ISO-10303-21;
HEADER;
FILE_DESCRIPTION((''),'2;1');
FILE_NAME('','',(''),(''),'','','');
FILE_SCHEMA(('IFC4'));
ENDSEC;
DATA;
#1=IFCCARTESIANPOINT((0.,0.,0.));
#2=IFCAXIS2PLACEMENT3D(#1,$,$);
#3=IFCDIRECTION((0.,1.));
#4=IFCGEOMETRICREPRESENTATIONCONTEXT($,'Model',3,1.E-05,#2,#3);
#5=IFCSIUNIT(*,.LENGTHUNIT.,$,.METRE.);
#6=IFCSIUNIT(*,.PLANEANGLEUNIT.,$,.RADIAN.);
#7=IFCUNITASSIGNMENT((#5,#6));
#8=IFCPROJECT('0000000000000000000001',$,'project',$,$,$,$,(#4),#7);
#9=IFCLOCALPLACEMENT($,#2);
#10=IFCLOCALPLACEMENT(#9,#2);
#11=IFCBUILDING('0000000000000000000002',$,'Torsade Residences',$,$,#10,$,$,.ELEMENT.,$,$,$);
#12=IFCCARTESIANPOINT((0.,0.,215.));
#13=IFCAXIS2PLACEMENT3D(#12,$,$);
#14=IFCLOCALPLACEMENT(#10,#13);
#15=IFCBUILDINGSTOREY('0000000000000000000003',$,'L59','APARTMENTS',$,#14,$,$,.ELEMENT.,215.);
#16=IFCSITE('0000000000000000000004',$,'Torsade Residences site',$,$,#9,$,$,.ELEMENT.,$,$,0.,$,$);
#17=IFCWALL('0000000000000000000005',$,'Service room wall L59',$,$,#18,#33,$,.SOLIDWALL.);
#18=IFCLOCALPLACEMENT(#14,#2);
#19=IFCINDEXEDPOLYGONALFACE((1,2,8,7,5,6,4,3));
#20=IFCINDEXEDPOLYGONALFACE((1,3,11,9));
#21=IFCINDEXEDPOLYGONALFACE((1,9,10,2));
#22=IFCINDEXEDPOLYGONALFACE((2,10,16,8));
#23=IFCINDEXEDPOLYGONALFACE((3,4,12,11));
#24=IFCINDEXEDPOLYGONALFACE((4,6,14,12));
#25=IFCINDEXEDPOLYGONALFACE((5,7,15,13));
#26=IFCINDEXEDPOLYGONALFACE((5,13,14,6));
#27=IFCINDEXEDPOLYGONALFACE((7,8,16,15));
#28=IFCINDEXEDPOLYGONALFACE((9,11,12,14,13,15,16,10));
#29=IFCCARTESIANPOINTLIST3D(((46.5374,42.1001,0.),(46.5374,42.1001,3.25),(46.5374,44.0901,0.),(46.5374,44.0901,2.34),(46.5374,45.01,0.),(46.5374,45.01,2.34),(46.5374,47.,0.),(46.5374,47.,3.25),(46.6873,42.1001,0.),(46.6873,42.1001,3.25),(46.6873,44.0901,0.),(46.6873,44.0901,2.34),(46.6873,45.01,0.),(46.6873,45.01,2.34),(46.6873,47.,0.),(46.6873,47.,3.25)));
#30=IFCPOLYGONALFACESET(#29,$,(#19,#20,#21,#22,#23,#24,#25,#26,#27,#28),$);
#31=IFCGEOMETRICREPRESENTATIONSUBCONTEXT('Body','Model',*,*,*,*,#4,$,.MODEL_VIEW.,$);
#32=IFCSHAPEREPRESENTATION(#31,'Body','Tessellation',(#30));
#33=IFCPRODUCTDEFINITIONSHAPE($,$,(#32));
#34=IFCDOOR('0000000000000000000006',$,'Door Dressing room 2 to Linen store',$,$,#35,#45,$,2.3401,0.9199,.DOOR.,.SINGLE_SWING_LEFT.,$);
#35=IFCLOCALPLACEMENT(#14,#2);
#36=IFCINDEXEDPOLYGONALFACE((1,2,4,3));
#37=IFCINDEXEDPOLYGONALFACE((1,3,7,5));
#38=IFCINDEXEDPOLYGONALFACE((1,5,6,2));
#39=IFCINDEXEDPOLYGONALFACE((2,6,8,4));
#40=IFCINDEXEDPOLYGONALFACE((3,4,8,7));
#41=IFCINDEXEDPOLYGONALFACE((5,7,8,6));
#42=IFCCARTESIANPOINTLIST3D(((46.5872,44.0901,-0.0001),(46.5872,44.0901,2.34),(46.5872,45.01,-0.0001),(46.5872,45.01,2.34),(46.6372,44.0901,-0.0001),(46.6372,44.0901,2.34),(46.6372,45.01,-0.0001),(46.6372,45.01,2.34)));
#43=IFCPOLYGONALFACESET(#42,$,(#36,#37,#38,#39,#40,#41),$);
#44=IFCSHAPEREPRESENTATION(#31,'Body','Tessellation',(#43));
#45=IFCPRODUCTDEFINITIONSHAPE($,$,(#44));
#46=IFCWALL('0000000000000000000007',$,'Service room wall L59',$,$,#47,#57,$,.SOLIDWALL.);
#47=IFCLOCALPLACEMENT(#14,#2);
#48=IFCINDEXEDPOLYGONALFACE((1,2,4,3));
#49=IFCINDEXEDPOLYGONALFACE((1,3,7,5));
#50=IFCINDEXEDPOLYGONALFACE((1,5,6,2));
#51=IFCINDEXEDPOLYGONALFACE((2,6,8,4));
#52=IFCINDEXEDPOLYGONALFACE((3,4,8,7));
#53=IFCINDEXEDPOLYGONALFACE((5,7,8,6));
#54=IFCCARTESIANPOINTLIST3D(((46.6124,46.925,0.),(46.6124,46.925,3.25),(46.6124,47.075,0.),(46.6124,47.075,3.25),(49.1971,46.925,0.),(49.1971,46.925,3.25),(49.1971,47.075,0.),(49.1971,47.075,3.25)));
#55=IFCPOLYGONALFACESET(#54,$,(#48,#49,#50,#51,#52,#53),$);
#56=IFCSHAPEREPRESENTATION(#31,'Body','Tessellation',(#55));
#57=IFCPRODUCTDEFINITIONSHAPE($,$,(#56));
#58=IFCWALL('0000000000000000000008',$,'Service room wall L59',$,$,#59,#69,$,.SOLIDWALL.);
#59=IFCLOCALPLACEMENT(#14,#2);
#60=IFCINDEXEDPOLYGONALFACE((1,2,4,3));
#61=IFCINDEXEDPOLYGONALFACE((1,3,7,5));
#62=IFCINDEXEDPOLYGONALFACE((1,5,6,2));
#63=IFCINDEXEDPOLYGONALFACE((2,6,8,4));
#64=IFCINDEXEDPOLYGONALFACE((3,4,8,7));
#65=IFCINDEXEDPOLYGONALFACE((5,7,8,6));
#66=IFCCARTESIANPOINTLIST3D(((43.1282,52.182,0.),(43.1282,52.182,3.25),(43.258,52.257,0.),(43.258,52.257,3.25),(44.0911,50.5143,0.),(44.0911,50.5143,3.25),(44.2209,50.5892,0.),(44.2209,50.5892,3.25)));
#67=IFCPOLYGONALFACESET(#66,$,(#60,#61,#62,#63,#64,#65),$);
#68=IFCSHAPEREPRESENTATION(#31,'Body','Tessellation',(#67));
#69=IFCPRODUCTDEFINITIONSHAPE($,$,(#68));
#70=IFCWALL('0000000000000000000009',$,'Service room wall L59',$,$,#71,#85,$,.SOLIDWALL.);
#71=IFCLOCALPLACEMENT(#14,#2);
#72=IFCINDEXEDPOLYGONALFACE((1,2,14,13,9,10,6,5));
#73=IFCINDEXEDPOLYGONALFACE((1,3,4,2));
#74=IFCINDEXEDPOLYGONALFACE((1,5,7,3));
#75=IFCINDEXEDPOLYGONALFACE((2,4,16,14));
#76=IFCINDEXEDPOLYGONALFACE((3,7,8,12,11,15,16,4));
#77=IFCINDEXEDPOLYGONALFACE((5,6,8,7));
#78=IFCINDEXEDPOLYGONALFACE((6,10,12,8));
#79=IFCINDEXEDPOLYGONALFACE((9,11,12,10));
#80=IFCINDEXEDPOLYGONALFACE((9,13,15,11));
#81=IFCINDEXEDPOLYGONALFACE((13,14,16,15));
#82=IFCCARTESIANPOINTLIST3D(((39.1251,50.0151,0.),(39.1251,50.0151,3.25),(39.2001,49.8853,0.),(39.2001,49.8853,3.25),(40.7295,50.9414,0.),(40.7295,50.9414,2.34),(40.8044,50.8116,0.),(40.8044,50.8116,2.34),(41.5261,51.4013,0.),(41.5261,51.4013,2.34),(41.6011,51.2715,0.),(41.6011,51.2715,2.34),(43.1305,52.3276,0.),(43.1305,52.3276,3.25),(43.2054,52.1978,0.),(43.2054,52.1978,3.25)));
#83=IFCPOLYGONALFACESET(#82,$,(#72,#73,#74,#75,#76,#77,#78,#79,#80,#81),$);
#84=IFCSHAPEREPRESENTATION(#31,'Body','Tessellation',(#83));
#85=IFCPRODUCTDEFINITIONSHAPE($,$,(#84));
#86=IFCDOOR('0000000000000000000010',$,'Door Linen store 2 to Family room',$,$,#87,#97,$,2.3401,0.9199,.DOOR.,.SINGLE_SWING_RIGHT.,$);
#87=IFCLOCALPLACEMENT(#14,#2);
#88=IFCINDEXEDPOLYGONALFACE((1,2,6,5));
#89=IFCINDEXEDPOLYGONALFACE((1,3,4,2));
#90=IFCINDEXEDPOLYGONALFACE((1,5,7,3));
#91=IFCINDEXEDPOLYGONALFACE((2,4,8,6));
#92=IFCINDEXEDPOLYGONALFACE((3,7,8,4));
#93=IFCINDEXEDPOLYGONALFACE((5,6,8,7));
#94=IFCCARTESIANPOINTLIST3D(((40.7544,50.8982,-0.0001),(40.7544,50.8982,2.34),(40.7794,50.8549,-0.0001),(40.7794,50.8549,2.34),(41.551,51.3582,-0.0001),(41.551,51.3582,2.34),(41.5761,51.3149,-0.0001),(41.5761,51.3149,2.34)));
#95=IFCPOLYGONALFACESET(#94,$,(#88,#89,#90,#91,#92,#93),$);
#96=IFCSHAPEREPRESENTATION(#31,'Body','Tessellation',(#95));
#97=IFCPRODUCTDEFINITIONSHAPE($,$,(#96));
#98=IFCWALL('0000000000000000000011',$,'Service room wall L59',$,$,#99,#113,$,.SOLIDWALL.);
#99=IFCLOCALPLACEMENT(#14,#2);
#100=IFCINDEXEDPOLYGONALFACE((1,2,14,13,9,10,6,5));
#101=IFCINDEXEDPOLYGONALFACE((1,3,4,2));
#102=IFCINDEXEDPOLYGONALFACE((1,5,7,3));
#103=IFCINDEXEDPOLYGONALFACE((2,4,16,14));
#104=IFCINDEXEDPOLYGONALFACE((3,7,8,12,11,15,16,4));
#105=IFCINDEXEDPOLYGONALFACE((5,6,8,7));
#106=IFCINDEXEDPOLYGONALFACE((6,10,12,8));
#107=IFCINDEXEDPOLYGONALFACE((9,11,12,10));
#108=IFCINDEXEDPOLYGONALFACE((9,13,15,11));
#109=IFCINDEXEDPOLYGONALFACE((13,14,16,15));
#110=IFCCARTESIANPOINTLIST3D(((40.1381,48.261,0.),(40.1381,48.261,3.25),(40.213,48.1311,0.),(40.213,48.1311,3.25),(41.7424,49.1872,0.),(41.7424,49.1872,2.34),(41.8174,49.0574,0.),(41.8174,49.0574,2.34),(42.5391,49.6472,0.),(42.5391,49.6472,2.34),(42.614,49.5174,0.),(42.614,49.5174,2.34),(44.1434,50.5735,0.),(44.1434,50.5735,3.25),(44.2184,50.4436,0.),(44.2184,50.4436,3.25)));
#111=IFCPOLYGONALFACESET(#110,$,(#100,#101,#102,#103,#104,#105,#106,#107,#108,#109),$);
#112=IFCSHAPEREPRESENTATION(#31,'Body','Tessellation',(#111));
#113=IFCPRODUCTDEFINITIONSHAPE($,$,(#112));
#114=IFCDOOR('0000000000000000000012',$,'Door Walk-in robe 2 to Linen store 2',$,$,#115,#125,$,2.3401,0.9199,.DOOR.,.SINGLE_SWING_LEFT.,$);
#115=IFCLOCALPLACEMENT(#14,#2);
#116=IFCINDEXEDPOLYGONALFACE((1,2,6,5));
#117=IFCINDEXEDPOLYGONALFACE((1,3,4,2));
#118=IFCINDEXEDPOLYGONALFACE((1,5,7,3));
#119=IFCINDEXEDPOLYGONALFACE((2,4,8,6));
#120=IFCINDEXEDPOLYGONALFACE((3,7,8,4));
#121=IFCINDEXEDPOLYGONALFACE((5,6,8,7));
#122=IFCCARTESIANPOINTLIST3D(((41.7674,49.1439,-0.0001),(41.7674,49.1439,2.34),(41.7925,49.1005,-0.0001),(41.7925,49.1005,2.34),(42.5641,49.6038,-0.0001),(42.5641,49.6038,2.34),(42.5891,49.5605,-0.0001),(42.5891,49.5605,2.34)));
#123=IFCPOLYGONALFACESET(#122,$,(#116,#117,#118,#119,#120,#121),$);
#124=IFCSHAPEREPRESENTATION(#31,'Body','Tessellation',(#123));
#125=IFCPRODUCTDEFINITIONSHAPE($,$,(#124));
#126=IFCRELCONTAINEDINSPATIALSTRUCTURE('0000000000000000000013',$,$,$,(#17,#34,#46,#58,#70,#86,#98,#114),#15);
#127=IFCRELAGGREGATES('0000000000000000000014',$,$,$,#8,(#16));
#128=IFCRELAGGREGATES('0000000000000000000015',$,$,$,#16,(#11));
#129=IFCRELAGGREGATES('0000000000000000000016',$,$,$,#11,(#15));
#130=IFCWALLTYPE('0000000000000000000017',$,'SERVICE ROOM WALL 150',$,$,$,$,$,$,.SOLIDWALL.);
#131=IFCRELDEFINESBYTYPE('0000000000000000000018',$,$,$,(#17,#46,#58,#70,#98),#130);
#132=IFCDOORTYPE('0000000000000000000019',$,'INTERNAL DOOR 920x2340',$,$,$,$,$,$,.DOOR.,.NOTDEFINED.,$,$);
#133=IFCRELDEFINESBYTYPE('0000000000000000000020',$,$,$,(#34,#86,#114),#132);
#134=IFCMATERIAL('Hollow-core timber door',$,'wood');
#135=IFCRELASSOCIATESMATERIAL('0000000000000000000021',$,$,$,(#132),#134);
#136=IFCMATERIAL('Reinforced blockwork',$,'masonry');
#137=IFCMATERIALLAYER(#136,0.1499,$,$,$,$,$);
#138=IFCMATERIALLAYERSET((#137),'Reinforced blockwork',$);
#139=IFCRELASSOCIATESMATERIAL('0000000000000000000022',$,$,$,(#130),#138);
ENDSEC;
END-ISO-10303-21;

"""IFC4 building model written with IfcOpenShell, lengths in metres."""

from ifc_helpers import new_model, si_unit, direction, frame, frame_2d, origin, place, context, subcontext, project, spatial, rectangle, extrude, material, layer, layer_set, type_object, element, fill, save


model = new_model("IFC4")

# Units and contexts
model_context = context("Model", 3, precision=1e-05, world=origin(), true_north=direction((0.0, 1.0)))
body_context = subcontext(model_context, "Body", "Model", "MODEL_VIEW")
ifc_project = project(units=[si_unit("LENGTHUNIT", "METRE"), si_unit("PLANEANGLEUNIT", "RADIAN")], contexts=[model_context])

# Site, building, storey
site_placement = place(None, origin())
site = spatial("IfcSite", under=ifc_project, at=site_placement, Name="Torsade Residences site", CompositionType="ELEMENT", RefElevation=0.0)
building_placement = place(site_placement, origin())
building = spatial("IfcBuilding", under=site, at=building_placement, Name="Torsade Residences", CompositionType="ELEMENT")
storey_placement = place(building_placement, frame((0.0, 0.0, 215.0)))
storey = spatial("IfcBuildingStorey", under=building, at=storey_placement, Name="L59", Description="APARTMENTS", CompositionType="ELEMENT", Elevation=215.0)

# Shared definitions
ifc_material_1 = material(Name="Hollow-core timber door", Category="wood")
door_type_1 = type_object("IfcDoorType", Name="INTERNAL DOOR 920x2340", OperationType="NOTDEFINED", PredefinedType="DOOR", material=ifc_material_1)

# Wall, opening, door
ifc_material_2 = material(Name="Reinforced blockwork", Category="masonry")
ifc_layer_1 = layer(ifc_material_2, 0.1499)
ifc_layer_set_1 = layer_set([ifc_layer_1], Name="Reinforced blockwork")
wall_type_1 = type_object("IfcWallType", Name="SERVICE ROOM WALL 150", PredefinedType="SOLIDWALL", material=ifc_layer_set_1)
wall_1_placement = place(storey_placement, frame((46.6123, 47.0, 0.0), z_axis=(0.0, 0.0, 1.0), x_axis=(0.0, -1.0, 0.0)))
wall_1 = element("IfcWall", 1, at=wall_1_placement, inside=storey, type_object=wall_type_1, Name="Service room wall L59", PredefinedType="SOLIDWALL", context=body_context, shape_type="SweptSolid", body=[
    extrude(rectangle(XDim=4.8999, YDim=0.1499, at=frame_2d((2.45, 0.0))), origin(), (0.0, 0.0, 1.0), 3.25),
])
opening_1_placement = place(wall_1_placement, frame((1.99, 0.0, 0.0)))
opening_1 = element("IfcOpeningElement", 2, at=opening_1_placement, cuts=wall_1, PredefinedType="OPENING", context=body_context, shape_type="SweptSolid", body=[
    extrude(rectangle(XDim=0.9199, YDim=2.3401, at=frame_2d((0.46, 1.1699))), frame((0.0, 0.085, 0.0), z_axis=(0.0, -1.0, 0.0), x_axis=(1.0, 0.0, 0.0)), (0.0, 0.0, 1.0), 0.1699),
])
door_1_placement = place(opening_1_placement, origin())
door_1 = element("IfcDoor", 3, at=door_1_placement, inside=storey, type_object=door_type_1, Name="Door Dressing room 2 to Linen store", OperationType="SINGLE_SWING_LEFT", OverallHeight=2.3401, OverallWidth=0.9199, PredefinedType="DOOR", context=body_context, shape_type="SweptSolid", body=[
    extrude(rectangle(XDim=0.9199, YDim=2.3401, at=frame_2d((0.46, 1.1699))), frame((0.0, 0.0249, 0.0), z_axis=(0.0, -1.0, 0.0), x_axis=(1.0, 0.0, 0.0)), (0.0, 0.0, 1.0), 0.05),
])
fill(opening_1, door_1)

# Walls
wall_2_placement = place(storey_placement, frame((46.6123, 47.0, 0.0), z_axis=(0.0, 0.0, 1.0), x_axis=(1.0, 0.0, 0.0)))
element("IfcWall", 4, at=wall_2_placement, inside=storey, type_object=wall_type_1, Name="Service room wall L59", PredefinedType="SOLIDWALL", context=body_context, shape_type="SweptSolid", body=[
    extrude(rectangle(XDim=2.5847, YDim=0.1499, at=frame_2d((1.2925, 0.0))), origin(), (0.0, 0.0, 1.0), 3.25),
])
wall_3_placement = place(storey_placement, frame((44.156, 50.5518, 0.0), z_axis=(0.0, 0.0, 1.0), x_axis=(-0.500011, 0.866019, 0.0)))
element("IfcWall", 5, at=wall_3_placement, inside=storey, type_object=wall_type_1, Name="Service room wall L59", PredefinedType="SOLIDWALL", context=body_context, shape_type="SweptSolid", body=[
    extrude(rectangle(XDim=1.9258, YDim=0.1499, at=frame_2d((0.9629, 0.0))), origin(), (0.0, 0.0, 1.0), 3.25),
])

# Walls, openings, doors
wall_4_placement = place(storey_placement, frame((43.168, 52.2627, 0.0), z_axis=(0.0, 0.0, 1.0), x_axis=(-0.866026, -0.5, 0.0)))
wall_4 = element("IfcWall", 6, at=wall_4_placement, inside=storey, type_object=wall_type_1, Name="Service room wall L59", PredefinedType="SOLIDWALL", context=body_context, shape_type="SweptSolid", body=[
    extrude(rectangle(XDim=4.625, YDim=0.1499, at=frame_2d((2.3125, 0.0))), origin(), (0.0, 0.0, 1.0), 3.25),
])
opening_2_placement = place(wall_4_placement, frame((1.8525, 0.0, 0.0)))
opening_2 = element("IfcOpeningElement", 7, at=opening_2_placement, cuts=wall_4, PredefinedType="OPENING", context=body_context, shape_type="SweptSolid", body=[
    extrude(rectangle(XDim=0.9199, YDim=2.3401, at=frame_2d((0.46, 1.1699))), frame((0.0, 0.085, 0.0), z_axis=(0.0, -1.0, 0.0), x_axis=(1.0, 0.0, 0.0)), (0.0, 0.0, 1.0), 0.1699),
])
door_2_placement = place(opening_2_placement, origin())
door_2 = element("IfcDoor", 8, at=door_2_placement, inside=storey, type_object=door_type_1, Name="Door Linen store 2 to Family room", OperationType="SINGLE_SWING_RIGHT", OverallHeight=2.3401, OverallWidth=0.9199, PredefinedType="DOOR", context=body_context, shape_type="SweptSolid", body=[
    extrude(rectangle(XDim=0.9199, YDim=2.3401, at=frame_2d((0.46, 1.1699))), frame((0.0, 0.0249, 0.0), z_axis=(0.0, -1.0, 0.0), x_axis=(1.0, 0.0, 0.0)), (0.0, 0.0, 1.0), 0.05),
])
fill(opening_2, door_2)
wall_5_placement = place(storey_placement, frame((40.1755, 48.196, 0.0), z_axis=(0.0, 0.0, 1.0), x_axis=(0.866026, 0.5, 0.0)))
wall_5 = element("IfcWall", 9, at=wall_5_placement, inside=storey, type_object=wall_type_1, Name="Service room wall L59", PredefinedType="SOLIDWALL", context=body_context, shape_type="SweptSolid", body=[
    extrude(rectangle(XDim=4.625, YDim=0.1499, at=frame_2d((2.3125, 0.0))), origin(), (0.0, 0.0, 1.0), 3.25),
])
opening_3_placement = place(wall_5_placement, frame((1.8525, 0.0, 0.0)))
opening_3 = element("IfcOpeningElement", 10, at=opening_3_placement, cuts=wall_5, PredefinedType="OPENING", context=body_context, shape_type="SweptSolid", body=[
    extrude(rectangle(XDim=0.9199, YDim=2.3401, at=frame_2d((0.46, 1.1699))), frame((0.0, 0.085, 0.0), z_axis=(0.0, -1.0, 0.0), x_axis=(1.0, 0.0, 0.0)), (0.0, 0.0, 1.0), 0.1699),
])
door_3_placement = place(opening_3_placement, origin())
door_3 = element("IfcDoor", 11, at=door_3_placement, inside=storey, type_object=door_type_1, Name="Door Walk-in robe 2 to Linen store 2", OperationType="SINGLE_SWING_LEFT", OverallHeight=2.3401, OverallWidth=0.9199, PredefinedType="DOOR", context=body_context, shape_type="SweptSolid", body=[
    extrude(rectangle(XDim=0.9199, YDim=2.3401, at=frame_2d((0.46, 1.1699))), frame((0.0, 0.0249, 0.0), z_axis=(0.0, -1.0, 0.0), x_axis=(1.0, 0.0, 0.0)), (0.0, 0.0, 1.0), 0.05),
])
fill(opening_3, door_3)

save(model, "model.ifc")
